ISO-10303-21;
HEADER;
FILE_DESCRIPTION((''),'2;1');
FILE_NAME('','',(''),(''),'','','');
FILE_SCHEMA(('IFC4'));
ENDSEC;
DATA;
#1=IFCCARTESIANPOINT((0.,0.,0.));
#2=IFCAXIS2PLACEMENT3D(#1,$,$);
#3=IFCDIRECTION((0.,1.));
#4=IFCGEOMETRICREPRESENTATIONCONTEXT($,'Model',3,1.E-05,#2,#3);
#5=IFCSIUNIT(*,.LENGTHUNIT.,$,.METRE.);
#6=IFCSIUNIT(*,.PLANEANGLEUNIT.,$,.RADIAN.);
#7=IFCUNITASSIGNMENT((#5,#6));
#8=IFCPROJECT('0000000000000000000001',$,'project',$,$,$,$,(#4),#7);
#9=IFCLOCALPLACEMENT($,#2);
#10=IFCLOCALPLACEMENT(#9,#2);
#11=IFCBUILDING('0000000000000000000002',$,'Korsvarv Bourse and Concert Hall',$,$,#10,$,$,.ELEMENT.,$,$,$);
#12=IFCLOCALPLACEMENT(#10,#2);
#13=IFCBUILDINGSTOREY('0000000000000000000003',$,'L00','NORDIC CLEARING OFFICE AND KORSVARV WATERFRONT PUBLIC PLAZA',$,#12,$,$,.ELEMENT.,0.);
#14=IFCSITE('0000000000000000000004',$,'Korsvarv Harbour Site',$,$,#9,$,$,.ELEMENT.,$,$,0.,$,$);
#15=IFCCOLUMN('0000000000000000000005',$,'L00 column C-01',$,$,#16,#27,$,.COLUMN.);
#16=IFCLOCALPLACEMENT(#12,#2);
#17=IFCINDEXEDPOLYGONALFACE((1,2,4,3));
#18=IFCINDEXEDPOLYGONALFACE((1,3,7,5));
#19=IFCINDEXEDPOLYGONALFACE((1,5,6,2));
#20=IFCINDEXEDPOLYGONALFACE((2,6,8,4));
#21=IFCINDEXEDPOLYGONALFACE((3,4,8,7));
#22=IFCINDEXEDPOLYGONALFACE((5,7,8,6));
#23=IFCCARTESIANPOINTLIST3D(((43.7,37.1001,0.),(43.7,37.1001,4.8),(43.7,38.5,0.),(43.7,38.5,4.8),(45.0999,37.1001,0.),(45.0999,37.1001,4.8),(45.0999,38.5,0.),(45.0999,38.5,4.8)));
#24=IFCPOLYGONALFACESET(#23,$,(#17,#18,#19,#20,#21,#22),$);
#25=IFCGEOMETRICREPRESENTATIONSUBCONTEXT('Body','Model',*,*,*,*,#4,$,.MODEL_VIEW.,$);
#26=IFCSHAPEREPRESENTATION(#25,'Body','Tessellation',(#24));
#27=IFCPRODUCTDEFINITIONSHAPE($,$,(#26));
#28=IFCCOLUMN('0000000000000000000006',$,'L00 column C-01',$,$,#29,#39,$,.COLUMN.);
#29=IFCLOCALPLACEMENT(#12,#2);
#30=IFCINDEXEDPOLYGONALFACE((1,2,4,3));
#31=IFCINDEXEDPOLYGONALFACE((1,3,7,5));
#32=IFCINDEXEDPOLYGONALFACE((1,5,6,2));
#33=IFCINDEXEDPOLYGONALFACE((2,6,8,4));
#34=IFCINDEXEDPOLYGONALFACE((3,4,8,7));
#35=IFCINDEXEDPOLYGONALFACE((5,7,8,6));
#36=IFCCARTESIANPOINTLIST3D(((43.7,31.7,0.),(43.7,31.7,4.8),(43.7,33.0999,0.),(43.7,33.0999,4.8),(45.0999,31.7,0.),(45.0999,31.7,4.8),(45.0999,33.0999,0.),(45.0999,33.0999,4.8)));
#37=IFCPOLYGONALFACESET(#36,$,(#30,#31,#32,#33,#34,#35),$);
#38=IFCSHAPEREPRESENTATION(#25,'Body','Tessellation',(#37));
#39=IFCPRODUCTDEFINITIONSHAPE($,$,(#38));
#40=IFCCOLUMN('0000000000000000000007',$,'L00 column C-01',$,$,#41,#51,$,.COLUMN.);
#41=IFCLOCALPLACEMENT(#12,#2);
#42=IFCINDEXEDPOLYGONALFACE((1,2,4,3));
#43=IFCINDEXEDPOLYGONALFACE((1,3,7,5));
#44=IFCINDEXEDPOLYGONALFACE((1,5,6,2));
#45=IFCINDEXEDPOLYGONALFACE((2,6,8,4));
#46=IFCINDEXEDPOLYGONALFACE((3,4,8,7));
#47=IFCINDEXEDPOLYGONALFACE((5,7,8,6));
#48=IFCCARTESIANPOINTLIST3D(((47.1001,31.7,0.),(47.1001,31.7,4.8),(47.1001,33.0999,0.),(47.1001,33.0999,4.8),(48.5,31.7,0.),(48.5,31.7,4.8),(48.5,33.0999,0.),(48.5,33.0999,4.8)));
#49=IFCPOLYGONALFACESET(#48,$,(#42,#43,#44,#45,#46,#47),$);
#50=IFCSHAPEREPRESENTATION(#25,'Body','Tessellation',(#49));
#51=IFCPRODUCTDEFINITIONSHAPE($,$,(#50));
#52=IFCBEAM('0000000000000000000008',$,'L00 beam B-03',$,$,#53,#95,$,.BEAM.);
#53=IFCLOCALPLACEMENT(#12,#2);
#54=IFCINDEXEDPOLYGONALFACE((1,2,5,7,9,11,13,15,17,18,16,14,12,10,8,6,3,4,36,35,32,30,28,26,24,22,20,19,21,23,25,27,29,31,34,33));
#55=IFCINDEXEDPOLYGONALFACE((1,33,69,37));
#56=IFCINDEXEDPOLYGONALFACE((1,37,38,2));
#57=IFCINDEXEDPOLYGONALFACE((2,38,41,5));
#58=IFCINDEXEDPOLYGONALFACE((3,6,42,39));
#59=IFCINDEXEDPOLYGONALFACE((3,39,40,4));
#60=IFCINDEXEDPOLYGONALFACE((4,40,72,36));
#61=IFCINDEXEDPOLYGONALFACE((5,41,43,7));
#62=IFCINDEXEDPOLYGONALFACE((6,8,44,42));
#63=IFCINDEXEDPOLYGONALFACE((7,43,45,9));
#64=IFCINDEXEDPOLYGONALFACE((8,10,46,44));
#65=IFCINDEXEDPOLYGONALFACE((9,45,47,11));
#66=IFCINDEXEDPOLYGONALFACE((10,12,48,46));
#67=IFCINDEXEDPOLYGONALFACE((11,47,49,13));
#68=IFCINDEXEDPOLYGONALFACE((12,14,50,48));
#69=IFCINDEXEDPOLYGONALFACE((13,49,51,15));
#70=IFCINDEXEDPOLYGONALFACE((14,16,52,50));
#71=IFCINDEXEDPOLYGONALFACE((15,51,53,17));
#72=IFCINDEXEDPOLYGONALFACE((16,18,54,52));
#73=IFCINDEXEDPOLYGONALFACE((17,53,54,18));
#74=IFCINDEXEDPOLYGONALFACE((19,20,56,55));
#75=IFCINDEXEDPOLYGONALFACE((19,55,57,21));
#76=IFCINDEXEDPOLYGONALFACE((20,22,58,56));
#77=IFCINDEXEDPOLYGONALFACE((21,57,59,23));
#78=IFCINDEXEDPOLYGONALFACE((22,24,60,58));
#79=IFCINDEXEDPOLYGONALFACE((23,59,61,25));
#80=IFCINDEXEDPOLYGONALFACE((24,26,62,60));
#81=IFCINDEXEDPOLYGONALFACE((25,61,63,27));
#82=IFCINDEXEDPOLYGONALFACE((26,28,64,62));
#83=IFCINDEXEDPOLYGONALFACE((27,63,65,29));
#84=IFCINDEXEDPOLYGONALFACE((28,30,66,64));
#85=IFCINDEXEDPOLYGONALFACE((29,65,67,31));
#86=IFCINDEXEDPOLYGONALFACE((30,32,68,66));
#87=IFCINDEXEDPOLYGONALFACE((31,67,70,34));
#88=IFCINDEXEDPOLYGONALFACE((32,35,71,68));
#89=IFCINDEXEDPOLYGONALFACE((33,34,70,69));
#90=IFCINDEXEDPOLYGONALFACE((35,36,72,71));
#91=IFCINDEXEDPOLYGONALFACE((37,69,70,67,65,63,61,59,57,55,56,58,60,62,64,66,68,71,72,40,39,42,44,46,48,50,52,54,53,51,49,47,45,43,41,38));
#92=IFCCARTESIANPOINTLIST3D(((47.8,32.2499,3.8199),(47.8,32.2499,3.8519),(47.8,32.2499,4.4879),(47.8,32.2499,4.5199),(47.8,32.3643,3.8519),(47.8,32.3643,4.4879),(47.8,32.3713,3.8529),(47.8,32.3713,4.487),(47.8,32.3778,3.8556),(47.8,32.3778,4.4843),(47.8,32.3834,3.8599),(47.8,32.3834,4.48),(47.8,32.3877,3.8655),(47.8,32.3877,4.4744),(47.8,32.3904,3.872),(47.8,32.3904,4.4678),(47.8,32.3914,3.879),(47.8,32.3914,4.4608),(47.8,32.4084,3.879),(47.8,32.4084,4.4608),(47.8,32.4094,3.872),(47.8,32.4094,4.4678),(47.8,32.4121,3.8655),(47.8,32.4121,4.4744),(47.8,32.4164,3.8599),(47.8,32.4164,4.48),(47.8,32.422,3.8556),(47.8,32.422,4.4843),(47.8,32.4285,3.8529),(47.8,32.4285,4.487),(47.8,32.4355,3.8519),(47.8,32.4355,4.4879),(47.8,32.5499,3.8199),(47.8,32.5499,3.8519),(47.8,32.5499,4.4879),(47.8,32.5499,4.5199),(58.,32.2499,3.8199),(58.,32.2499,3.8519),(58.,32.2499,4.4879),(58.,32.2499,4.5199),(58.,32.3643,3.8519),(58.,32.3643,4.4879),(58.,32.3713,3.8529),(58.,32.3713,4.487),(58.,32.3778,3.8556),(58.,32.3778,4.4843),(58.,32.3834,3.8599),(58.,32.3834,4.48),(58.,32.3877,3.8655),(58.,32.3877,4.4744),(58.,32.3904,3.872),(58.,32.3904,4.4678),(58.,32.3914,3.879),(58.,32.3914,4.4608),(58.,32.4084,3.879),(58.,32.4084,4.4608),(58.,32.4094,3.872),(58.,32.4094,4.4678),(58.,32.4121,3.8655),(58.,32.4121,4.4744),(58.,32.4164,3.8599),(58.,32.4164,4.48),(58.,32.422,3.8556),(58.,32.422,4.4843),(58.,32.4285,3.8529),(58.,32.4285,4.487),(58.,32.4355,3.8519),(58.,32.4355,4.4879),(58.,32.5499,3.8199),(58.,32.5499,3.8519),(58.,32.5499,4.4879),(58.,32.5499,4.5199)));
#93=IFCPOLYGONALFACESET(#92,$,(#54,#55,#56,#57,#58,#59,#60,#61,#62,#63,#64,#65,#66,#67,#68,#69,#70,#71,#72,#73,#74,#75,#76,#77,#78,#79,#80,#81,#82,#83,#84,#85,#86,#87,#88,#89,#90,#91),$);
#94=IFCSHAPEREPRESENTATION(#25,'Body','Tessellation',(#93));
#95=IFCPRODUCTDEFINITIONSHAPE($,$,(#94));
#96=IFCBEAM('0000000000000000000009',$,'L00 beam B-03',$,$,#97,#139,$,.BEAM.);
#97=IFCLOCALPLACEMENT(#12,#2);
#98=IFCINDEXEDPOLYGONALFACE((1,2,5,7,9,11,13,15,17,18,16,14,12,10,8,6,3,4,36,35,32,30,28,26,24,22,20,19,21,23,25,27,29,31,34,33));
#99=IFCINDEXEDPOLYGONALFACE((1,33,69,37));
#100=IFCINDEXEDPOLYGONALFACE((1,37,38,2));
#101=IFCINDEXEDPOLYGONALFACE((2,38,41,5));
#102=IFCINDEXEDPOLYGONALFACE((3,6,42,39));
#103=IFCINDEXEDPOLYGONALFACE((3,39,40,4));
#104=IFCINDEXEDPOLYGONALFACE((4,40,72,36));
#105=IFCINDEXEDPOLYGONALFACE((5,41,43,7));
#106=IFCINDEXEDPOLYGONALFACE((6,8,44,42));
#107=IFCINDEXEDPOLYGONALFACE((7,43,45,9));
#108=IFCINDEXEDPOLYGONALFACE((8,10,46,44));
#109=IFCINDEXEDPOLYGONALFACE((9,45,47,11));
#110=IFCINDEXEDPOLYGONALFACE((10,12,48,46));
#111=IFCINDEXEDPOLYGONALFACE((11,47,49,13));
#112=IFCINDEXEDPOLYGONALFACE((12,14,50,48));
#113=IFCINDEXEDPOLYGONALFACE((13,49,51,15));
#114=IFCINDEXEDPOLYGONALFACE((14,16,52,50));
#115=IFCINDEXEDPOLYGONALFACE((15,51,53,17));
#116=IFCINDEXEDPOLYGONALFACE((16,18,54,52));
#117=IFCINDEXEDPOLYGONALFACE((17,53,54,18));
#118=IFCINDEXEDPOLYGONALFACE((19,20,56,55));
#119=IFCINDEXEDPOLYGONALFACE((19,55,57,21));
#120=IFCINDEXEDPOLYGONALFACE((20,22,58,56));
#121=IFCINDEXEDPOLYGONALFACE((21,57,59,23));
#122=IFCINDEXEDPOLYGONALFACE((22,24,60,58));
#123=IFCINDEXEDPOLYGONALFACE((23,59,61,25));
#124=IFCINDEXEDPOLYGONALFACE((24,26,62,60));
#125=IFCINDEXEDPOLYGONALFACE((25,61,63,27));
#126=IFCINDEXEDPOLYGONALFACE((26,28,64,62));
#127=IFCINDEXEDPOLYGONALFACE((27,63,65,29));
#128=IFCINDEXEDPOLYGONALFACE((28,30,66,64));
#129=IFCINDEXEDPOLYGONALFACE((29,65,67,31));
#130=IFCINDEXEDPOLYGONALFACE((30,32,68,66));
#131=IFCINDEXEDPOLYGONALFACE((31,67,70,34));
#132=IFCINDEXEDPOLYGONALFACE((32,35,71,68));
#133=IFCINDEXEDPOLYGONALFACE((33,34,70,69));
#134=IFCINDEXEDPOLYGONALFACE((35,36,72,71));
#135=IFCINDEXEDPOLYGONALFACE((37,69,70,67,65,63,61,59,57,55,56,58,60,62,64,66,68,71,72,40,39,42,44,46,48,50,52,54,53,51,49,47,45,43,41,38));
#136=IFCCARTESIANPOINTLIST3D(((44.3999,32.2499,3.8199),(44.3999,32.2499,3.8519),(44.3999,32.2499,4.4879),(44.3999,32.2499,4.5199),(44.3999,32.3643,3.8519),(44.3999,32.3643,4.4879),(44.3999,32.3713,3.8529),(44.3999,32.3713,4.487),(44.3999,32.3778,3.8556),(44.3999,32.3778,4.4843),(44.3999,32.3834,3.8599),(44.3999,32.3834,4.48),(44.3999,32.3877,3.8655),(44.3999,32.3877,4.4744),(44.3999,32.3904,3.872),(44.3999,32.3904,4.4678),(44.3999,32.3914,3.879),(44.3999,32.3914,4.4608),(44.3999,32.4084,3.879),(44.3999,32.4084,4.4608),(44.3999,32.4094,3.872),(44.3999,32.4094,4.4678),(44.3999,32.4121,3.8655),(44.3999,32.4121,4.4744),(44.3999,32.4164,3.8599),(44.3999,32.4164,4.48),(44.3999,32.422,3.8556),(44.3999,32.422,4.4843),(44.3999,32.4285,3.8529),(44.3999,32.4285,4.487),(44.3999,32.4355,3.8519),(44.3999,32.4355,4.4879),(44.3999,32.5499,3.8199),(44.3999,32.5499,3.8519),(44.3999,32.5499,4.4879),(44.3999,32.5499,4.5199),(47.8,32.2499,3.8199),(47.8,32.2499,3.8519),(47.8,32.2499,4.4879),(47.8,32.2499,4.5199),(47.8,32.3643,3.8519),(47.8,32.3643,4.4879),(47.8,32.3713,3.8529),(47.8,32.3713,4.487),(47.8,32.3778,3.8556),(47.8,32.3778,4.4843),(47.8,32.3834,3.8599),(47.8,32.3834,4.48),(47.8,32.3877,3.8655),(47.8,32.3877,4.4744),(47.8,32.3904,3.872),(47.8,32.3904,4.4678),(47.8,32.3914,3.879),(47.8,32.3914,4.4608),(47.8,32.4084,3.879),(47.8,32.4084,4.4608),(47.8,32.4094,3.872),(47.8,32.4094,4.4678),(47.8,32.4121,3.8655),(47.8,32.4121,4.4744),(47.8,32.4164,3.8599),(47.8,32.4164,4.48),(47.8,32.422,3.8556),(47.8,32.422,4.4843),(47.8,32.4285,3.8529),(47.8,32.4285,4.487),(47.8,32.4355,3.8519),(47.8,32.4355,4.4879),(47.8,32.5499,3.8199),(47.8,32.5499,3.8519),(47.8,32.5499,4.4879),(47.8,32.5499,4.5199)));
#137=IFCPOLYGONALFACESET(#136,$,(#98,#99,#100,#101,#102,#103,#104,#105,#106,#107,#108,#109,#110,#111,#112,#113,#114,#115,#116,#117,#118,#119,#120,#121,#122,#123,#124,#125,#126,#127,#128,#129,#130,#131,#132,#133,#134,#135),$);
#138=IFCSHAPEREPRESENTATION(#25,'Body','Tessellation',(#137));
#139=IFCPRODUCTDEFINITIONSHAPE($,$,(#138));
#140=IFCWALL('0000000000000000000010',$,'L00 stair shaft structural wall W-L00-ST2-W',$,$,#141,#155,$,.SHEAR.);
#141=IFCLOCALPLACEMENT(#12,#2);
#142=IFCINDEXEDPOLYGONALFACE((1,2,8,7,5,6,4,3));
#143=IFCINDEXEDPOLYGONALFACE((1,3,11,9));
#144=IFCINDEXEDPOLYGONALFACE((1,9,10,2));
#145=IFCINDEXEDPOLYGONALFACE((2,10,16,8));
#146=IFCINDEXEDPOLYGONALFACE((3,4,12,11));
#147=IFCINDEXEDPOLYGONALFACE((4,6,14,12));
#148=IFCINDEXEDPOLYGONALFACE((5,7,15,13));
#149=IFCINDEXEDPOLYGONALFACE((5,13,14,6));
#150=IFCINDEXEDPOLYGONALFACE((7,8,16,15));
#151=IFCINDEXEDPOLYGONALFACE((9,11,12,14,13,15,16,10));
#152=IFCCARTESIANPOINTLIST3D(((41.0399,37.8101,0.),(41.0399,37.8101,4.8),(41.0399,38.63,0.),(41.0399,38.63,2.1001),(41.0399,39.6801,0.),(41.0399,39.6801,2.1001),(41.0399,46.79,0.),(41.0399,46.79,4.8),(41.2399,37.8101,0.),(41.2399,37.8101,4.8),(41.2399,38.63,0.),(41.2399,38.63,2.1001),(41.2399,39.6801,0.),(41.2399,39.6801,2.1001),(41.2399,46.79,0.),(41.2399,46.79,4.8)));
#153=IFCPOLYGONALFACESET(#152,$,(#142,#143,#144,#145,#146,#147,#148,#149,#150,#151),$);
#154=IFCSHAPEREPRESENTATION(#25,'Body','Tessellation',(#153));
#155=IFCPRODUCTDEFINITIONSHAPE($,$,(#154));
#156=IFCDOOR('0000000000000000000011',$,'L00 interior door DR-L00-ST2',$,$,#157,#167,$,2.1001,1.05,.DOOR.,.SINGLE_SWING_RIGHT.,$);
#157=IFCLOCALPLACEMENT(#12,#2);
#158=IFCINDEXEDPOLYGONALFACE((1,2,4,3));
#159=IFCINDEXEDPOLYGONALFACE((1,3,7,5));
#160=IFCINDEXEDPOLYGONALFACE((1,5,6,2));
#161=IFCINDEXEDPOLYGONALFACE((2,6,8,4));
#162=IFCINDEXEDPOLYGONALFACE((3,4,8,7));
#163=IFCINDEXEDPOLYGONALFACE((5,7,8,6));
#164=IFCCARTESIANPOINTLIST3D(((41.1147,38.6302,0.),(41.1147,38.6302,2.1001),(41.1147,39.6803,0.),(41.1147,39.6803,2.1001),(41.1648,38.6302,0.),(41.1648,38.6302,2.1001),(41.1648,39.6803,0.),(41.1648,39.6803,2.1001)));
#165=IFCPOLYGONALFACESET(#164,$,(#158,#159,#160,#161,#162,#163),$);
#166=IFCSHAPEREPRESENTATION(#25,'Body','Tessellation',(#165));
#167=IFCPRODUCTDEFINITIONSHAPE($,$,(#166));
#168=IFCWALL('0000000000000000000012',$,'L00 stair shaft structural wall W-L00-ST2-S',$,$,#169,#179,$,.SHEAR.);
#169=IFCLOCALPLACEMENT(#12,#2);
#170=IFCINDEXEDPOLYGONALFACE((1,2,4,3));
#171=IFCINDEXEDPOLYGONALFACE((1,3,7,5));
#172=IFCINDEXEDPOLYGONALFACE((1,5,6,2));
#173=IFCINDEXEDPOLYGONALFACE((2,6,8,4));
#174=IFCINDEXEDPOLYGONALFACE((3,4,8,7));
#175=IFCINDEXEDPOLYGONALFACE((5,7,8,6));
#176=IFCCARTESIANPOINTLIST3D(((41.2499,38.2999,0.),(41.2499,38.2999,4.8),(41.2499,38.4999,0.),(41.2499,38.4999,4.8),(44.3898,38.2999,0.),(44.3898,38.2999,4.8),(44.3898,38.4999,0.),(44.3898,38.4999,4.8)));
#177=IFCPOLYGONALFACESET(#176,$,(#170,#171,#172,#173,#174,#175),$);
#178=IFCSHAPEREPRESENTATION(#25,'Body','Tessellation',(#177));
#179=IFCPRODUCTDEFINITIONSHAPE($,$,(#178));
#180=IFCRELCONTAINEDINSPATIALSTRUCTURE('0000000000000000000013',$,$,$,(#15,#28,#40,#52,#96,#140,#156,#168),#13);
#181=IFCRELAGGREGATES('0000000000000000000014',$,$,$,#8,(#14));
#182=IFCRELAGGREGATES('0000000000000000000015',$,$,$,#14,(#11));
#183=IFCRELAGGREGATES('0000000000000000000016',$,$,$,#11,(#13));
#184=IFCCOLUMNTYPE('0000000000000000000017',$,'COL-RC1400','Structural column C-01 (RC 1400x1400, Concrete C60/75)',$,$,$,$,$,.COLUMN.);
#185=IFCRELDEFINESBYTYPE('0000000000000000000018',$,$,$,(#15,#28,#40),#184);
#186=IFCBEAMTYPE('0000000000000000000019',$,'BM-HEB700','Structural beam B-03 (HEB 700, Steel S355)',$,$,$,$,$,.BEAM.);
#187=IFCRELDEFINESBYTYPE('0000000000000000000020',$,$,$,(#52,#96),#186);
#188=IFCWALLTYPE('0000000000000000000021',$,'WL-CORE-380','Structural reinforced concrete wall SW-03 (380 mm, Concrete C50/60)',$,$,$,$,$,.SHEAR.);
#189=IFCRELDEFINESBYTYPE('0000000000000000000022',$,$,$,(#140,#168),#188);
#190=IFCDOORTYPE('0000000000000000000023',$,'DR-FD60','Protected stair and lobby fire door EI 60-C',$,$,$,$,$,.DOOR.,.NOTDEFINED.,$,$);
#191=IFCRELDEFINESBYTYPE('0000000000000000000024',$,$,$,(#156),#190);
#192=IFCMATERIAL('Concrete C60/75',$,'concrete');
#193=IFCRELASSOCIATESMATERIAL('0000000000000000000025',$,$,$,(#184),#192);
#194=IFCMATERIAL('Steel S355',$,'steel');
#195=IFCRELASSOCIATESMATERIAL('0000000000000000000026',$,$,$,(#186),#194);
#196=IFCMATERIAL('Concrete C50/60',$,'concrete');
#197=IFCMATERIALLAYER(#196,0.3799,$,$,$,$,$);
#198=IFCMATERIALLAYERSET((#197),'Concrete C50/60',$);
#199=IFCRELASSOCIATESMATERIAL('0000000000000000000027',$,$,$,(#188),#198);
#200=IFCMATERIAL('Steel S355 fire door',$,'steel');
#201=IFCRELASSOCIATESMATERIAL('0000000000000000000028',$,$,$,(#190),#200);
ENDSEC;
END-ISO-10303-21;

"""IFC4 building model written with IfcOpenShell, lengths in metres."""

from ifc_helpers import new_model, si_unit, direction, frame, frame_2d, origin, origin_2d, place, context, subcontext, project, spatial, rectangle, i_section, extrude, source, transform, mapped, material, layer, layer_set, material_profile, profile_set, type_object, element, fill, save


model = new_model("IFC4")

# Units and contexts
model_context = context("Model", 3, precision=1e-05, world=origin(), true_north=direction((0.0, 1.0)))
body_context = subcontext(model_context, "Body", "Model", "MODEL_VIEW")
ifc_project = project(units=[si_unit("LENGTHUNIT", "METRE"), si_unit("PLANEANGLEUNIT", "RADIAN")], contexts=[model_context])

# Site, building, storey
site_placement = place(None, origin())
site = spatial("IfcSite", under=ifc_project, at=site_placement, Name="Korsvarv Harbour Site", CompositionType="ELEMENT", RefElevation=0.0)
building_placement = place(site_placement, origin())
building = spatial("IfcBuilding", under=site, at=building_placement, Name="Korsvarv Bourse and Concert Hall", CompositionType="ELEMENT")
storey_placement = place(building_placement, origin())
storey = spatial("IfcBuildingStorey", under=building, at=storey_placement, Name="L00", Description="NORDIC CLEARING OFFICE AND KORSVARV WATERFRONT PUBLIC PLAZA", CompositionType="ELEMENT", Elevation=0.0)

# Columns
ifc_material_1 = material(Name="Concrete C60/75", Category="concrete")
ifc_material_profile_1 = material_profile(ifc_material_1, rectangle(XDim=1.3999, YDim=1.3999, at=origin_2d()), Name="RC 1400x1400")
ifc_profile_set_1 = profile_set([ifc_material_profile_1], Name="Concrete C60/75")
column_type = type_object("IfcColumnType", Name="COL-RC1400", Description="Structural column C-01 (RC 1400x1400, Concrete C60/75)", PredefinedType="COLUMN", material=ifc_profile_set_1)
shared_shape_1 = source(origin(), body_context, "Body", "SweptSolid", [
    extrude(rectangle(XDim=1.3999, YDim=1.3999, at=origin_2d()), origin(), (0.0, 0.0, 1.0), 4.8),
])
for number, where, z_axis, x_axis, name in (
    (1, (44.3999, 37.8, 0.0), (0.0, 0.0, 1.0), (1.0, 0.0, 0.0), "L00 column C-01"),
    (2, (44.3999, 32.3999, 0.0), (0.0, 0.0, 1.0), (1.0, 0.0, 0.0), "L00 column C-01"),
    (3, (47.8, 32.3999, 0.0), (0.0, 0.0, 1.0), (1.0, 0.0, 0.0), "L00 column C-01"),
):
    element("IfcColumn", number, at=place(storey_placement, frame(where, z_axis=z_axis, x_axis=x_axis)), inside=storey, type_object=column_type, Name=name, PredefinedType="COLUMN", context=body_context, shape_type="MappedRepresentation", body=[
        mapped(shared_shape_1, transform((0.0, 0.0, 0.0), scale=1.0)),
    ])

# Beams
ifc_material_2 = material(Name="Steel S355", Category="steel")
ifc_material_profile_2 = material_profile(ifc_material_2, i_section(OverallWidth=0.3, OverallDepth=0.7, WebThickness=0.0171, FlangeThickness=0.032, FilletRadius=0.0271, at=origin_2d()), Name="HEB 700")
ifc_profile_set_2 = profile_set([ifc_material_profile_2], Name="Steel S355")
beam_type = type_object("IfcBeamType", Name="BM-HEB700", Description="Structural beam B-03 (HEB 700, Steel S355)", PredefinedType="BEAM", material=ifc_profile_set_2)
shared_shape_2 = source(origin(), body_context, "Body", "SweptSolid", [
    extrude(i_section(OverallWidth=0.3, OverallDepth=0.7, WebThickness=0.0171, FlangeThickness=0.032, FilletRadius=0.0271, at=origin_2d()), origin(), (0.0, 0.0, 1.0), 10.2),
])
beam_1_placement = place(storey_placement, frame((47.8, 32.3999, 4.1699), z_axis=(1.0, 0.0, 0.0), x_axis=(0.0, 1.0, 0.0)))
element("IfcBeam", 4, at=beam_1_placement, inside=storey, type_object=beam_type, Name="L00 beam B-03", PredefinedType="BEAM", context=body_context, shape_type="MappedRepresentation", body=[
    mapped(shared_shape_2, transform((0.0, 0.0, 0.0), scale=1.0)),
])
shared_shape_3 = source(origin(), body_context, "Body", "SweptSolid", [
    extrude(i_section(OverallWidth=0.3, OverallDepth=0.7, WebThickness=0.0171, FlangeThickness=0.032, FilletRadius=0.0271, at=origin_2d()), origin(), (0.0, 0.0, 1.0), 3.4001),
])
beam_2_placement = place(storey_placement, frame((44.3999, 32.3999, 4.1699), z_axis=(1.0, 0.0, 0.0), x_axis=(0.0, 1.0, 0.0)))
element("IfcBeam", 5, at=beam_2_placement, inside=storey, type_object=beam_type, Name="L00 beam B-03", PredefinedType="BEAM", context=body_context, shape_type="MappedRepresentation", body=[
    mapped(shared_shape_3, transform((0.0, 0.0, 0.0), scale=1.0)),
])

# Wall, opening, door
ifc_material_3 = material(Name="Concrete C50/60", Category="concrete")
ifc_layer_1 = layer(ifc_material_3, 0.3799)
ifc_layer_set_1 = layer_set([ifc_layer_1], Name="Concrete C50/60")
wall_type_1 = type_object("IfcWallType", Name="WL-CORE-380", Description="Structural reinforced concrete wall SW-03 (380 mm, Concrete C50/60)", PredefinedType="SHEAR", material=ifc_layer_set_1)
wall_1_placement = place(storey_placement, frame((41.1399, 37.8101, 0.0), z_axis=(0.0, 0.0, 1.0), x_axis=(0.0, 1.0, 0.0)))
wall_1 = element("IfcWall", 6, at=wall_1_placement, inside=storey, type_object=wall_type_1, Name="L00 stair shaft structural wall W-L00-ST2-W", PredefinedType="SHEAR", context=body_context, shape_type="SweptSolid", body=[
    extrude(rectangle(XDim=8.98, YDim=0.2, at=frame_2d((4.49, 0.0))), origin(), (0.0, 0.0, 1.0), 4.8),
])
opening_1_placement = place(wall_1_placement, frame((0.8201, 0.0, 0.0)))
opening_1 = element("IfcOpeningElement", 7, at=opening_1_placement, cuts=wall_1, PredefinedType="OPENING", context=body_context, shape_type="SweptSolid", body=[
    extrude(rectangle(XDim=1.05, YDim=2.1001, at=frame_2d((0.5249, 1.05))), frame((0.0, 0.1099, 0.0), z_axis=(0.0, -1.0, 0.0), x_axis=(1.0, 0.0, 0.0)), (0.0, 0.0, 1.0), 0.22),
])
ifc_material_4 = material(Name="Steel S355 fire door", Category="steel")
door_type_1 = type_object("IfcDoorType", Name="DR-FD60", Description="Protected stair and lobby fire door EI 60-C", OperationType="NOTDEFINED", PredefinedType="DOOR", material=ifc_material_4)
door_1_placement = place(opening_1_placement, frame((1.05, 0.0, 0.0), z_axis=(0.0, 0.0, 1.0), x_axis=(-1.0, 0.0, 0.0)))
door_1 = element("IfcDoor", 8, at=door_1_placement, inside=storey, type_object=door_type_1, Name="L00 interior door DR-L00-ST2", OperationType="SINGLE_SWING_RIGHT", OverallHeight=2.1001, OverallWidth=1.05, PredefinedType="DOOR", context=body_context, shape_type="SweptSolid", body=[
    extrude(rectangle(XDim=1.05, YDim=2.1001, at=frame_2d((0.5249, 1.05))), frame((0.0, 0.0249, 0.0), z_axis=(0.0, -1.0, 0.0), x_axis=(1.0, 0.0, 0.0)), (0.0, 0.0, 1.0), 0.05),
])
fill(opening_1, door_1)

# Wall
wall_2_placement = place(storey_placement, frame((41.25, 38.3999, 0.0), z_axis=(0.0, 0.0, 1.0), x_axis=(1.0, 0.0, 0.0)))
element("IfcWall", 9, at=wall_2_placement, inside=storey, type_object=wall_type_1, Name="L00 stair shaft structural wall W-L00-ST2-S", PredefinedType="SHEAR", context=body_context, shape_type="SweptSolid", body=[
    extrude(rectangle(XDim=3.1399, YDim=0.2, at=frame_2d((1.5698, 0.0))), origin(), (0.0, 0.0, 1.0), 4.8),
])

save(model, "model.ifc")
